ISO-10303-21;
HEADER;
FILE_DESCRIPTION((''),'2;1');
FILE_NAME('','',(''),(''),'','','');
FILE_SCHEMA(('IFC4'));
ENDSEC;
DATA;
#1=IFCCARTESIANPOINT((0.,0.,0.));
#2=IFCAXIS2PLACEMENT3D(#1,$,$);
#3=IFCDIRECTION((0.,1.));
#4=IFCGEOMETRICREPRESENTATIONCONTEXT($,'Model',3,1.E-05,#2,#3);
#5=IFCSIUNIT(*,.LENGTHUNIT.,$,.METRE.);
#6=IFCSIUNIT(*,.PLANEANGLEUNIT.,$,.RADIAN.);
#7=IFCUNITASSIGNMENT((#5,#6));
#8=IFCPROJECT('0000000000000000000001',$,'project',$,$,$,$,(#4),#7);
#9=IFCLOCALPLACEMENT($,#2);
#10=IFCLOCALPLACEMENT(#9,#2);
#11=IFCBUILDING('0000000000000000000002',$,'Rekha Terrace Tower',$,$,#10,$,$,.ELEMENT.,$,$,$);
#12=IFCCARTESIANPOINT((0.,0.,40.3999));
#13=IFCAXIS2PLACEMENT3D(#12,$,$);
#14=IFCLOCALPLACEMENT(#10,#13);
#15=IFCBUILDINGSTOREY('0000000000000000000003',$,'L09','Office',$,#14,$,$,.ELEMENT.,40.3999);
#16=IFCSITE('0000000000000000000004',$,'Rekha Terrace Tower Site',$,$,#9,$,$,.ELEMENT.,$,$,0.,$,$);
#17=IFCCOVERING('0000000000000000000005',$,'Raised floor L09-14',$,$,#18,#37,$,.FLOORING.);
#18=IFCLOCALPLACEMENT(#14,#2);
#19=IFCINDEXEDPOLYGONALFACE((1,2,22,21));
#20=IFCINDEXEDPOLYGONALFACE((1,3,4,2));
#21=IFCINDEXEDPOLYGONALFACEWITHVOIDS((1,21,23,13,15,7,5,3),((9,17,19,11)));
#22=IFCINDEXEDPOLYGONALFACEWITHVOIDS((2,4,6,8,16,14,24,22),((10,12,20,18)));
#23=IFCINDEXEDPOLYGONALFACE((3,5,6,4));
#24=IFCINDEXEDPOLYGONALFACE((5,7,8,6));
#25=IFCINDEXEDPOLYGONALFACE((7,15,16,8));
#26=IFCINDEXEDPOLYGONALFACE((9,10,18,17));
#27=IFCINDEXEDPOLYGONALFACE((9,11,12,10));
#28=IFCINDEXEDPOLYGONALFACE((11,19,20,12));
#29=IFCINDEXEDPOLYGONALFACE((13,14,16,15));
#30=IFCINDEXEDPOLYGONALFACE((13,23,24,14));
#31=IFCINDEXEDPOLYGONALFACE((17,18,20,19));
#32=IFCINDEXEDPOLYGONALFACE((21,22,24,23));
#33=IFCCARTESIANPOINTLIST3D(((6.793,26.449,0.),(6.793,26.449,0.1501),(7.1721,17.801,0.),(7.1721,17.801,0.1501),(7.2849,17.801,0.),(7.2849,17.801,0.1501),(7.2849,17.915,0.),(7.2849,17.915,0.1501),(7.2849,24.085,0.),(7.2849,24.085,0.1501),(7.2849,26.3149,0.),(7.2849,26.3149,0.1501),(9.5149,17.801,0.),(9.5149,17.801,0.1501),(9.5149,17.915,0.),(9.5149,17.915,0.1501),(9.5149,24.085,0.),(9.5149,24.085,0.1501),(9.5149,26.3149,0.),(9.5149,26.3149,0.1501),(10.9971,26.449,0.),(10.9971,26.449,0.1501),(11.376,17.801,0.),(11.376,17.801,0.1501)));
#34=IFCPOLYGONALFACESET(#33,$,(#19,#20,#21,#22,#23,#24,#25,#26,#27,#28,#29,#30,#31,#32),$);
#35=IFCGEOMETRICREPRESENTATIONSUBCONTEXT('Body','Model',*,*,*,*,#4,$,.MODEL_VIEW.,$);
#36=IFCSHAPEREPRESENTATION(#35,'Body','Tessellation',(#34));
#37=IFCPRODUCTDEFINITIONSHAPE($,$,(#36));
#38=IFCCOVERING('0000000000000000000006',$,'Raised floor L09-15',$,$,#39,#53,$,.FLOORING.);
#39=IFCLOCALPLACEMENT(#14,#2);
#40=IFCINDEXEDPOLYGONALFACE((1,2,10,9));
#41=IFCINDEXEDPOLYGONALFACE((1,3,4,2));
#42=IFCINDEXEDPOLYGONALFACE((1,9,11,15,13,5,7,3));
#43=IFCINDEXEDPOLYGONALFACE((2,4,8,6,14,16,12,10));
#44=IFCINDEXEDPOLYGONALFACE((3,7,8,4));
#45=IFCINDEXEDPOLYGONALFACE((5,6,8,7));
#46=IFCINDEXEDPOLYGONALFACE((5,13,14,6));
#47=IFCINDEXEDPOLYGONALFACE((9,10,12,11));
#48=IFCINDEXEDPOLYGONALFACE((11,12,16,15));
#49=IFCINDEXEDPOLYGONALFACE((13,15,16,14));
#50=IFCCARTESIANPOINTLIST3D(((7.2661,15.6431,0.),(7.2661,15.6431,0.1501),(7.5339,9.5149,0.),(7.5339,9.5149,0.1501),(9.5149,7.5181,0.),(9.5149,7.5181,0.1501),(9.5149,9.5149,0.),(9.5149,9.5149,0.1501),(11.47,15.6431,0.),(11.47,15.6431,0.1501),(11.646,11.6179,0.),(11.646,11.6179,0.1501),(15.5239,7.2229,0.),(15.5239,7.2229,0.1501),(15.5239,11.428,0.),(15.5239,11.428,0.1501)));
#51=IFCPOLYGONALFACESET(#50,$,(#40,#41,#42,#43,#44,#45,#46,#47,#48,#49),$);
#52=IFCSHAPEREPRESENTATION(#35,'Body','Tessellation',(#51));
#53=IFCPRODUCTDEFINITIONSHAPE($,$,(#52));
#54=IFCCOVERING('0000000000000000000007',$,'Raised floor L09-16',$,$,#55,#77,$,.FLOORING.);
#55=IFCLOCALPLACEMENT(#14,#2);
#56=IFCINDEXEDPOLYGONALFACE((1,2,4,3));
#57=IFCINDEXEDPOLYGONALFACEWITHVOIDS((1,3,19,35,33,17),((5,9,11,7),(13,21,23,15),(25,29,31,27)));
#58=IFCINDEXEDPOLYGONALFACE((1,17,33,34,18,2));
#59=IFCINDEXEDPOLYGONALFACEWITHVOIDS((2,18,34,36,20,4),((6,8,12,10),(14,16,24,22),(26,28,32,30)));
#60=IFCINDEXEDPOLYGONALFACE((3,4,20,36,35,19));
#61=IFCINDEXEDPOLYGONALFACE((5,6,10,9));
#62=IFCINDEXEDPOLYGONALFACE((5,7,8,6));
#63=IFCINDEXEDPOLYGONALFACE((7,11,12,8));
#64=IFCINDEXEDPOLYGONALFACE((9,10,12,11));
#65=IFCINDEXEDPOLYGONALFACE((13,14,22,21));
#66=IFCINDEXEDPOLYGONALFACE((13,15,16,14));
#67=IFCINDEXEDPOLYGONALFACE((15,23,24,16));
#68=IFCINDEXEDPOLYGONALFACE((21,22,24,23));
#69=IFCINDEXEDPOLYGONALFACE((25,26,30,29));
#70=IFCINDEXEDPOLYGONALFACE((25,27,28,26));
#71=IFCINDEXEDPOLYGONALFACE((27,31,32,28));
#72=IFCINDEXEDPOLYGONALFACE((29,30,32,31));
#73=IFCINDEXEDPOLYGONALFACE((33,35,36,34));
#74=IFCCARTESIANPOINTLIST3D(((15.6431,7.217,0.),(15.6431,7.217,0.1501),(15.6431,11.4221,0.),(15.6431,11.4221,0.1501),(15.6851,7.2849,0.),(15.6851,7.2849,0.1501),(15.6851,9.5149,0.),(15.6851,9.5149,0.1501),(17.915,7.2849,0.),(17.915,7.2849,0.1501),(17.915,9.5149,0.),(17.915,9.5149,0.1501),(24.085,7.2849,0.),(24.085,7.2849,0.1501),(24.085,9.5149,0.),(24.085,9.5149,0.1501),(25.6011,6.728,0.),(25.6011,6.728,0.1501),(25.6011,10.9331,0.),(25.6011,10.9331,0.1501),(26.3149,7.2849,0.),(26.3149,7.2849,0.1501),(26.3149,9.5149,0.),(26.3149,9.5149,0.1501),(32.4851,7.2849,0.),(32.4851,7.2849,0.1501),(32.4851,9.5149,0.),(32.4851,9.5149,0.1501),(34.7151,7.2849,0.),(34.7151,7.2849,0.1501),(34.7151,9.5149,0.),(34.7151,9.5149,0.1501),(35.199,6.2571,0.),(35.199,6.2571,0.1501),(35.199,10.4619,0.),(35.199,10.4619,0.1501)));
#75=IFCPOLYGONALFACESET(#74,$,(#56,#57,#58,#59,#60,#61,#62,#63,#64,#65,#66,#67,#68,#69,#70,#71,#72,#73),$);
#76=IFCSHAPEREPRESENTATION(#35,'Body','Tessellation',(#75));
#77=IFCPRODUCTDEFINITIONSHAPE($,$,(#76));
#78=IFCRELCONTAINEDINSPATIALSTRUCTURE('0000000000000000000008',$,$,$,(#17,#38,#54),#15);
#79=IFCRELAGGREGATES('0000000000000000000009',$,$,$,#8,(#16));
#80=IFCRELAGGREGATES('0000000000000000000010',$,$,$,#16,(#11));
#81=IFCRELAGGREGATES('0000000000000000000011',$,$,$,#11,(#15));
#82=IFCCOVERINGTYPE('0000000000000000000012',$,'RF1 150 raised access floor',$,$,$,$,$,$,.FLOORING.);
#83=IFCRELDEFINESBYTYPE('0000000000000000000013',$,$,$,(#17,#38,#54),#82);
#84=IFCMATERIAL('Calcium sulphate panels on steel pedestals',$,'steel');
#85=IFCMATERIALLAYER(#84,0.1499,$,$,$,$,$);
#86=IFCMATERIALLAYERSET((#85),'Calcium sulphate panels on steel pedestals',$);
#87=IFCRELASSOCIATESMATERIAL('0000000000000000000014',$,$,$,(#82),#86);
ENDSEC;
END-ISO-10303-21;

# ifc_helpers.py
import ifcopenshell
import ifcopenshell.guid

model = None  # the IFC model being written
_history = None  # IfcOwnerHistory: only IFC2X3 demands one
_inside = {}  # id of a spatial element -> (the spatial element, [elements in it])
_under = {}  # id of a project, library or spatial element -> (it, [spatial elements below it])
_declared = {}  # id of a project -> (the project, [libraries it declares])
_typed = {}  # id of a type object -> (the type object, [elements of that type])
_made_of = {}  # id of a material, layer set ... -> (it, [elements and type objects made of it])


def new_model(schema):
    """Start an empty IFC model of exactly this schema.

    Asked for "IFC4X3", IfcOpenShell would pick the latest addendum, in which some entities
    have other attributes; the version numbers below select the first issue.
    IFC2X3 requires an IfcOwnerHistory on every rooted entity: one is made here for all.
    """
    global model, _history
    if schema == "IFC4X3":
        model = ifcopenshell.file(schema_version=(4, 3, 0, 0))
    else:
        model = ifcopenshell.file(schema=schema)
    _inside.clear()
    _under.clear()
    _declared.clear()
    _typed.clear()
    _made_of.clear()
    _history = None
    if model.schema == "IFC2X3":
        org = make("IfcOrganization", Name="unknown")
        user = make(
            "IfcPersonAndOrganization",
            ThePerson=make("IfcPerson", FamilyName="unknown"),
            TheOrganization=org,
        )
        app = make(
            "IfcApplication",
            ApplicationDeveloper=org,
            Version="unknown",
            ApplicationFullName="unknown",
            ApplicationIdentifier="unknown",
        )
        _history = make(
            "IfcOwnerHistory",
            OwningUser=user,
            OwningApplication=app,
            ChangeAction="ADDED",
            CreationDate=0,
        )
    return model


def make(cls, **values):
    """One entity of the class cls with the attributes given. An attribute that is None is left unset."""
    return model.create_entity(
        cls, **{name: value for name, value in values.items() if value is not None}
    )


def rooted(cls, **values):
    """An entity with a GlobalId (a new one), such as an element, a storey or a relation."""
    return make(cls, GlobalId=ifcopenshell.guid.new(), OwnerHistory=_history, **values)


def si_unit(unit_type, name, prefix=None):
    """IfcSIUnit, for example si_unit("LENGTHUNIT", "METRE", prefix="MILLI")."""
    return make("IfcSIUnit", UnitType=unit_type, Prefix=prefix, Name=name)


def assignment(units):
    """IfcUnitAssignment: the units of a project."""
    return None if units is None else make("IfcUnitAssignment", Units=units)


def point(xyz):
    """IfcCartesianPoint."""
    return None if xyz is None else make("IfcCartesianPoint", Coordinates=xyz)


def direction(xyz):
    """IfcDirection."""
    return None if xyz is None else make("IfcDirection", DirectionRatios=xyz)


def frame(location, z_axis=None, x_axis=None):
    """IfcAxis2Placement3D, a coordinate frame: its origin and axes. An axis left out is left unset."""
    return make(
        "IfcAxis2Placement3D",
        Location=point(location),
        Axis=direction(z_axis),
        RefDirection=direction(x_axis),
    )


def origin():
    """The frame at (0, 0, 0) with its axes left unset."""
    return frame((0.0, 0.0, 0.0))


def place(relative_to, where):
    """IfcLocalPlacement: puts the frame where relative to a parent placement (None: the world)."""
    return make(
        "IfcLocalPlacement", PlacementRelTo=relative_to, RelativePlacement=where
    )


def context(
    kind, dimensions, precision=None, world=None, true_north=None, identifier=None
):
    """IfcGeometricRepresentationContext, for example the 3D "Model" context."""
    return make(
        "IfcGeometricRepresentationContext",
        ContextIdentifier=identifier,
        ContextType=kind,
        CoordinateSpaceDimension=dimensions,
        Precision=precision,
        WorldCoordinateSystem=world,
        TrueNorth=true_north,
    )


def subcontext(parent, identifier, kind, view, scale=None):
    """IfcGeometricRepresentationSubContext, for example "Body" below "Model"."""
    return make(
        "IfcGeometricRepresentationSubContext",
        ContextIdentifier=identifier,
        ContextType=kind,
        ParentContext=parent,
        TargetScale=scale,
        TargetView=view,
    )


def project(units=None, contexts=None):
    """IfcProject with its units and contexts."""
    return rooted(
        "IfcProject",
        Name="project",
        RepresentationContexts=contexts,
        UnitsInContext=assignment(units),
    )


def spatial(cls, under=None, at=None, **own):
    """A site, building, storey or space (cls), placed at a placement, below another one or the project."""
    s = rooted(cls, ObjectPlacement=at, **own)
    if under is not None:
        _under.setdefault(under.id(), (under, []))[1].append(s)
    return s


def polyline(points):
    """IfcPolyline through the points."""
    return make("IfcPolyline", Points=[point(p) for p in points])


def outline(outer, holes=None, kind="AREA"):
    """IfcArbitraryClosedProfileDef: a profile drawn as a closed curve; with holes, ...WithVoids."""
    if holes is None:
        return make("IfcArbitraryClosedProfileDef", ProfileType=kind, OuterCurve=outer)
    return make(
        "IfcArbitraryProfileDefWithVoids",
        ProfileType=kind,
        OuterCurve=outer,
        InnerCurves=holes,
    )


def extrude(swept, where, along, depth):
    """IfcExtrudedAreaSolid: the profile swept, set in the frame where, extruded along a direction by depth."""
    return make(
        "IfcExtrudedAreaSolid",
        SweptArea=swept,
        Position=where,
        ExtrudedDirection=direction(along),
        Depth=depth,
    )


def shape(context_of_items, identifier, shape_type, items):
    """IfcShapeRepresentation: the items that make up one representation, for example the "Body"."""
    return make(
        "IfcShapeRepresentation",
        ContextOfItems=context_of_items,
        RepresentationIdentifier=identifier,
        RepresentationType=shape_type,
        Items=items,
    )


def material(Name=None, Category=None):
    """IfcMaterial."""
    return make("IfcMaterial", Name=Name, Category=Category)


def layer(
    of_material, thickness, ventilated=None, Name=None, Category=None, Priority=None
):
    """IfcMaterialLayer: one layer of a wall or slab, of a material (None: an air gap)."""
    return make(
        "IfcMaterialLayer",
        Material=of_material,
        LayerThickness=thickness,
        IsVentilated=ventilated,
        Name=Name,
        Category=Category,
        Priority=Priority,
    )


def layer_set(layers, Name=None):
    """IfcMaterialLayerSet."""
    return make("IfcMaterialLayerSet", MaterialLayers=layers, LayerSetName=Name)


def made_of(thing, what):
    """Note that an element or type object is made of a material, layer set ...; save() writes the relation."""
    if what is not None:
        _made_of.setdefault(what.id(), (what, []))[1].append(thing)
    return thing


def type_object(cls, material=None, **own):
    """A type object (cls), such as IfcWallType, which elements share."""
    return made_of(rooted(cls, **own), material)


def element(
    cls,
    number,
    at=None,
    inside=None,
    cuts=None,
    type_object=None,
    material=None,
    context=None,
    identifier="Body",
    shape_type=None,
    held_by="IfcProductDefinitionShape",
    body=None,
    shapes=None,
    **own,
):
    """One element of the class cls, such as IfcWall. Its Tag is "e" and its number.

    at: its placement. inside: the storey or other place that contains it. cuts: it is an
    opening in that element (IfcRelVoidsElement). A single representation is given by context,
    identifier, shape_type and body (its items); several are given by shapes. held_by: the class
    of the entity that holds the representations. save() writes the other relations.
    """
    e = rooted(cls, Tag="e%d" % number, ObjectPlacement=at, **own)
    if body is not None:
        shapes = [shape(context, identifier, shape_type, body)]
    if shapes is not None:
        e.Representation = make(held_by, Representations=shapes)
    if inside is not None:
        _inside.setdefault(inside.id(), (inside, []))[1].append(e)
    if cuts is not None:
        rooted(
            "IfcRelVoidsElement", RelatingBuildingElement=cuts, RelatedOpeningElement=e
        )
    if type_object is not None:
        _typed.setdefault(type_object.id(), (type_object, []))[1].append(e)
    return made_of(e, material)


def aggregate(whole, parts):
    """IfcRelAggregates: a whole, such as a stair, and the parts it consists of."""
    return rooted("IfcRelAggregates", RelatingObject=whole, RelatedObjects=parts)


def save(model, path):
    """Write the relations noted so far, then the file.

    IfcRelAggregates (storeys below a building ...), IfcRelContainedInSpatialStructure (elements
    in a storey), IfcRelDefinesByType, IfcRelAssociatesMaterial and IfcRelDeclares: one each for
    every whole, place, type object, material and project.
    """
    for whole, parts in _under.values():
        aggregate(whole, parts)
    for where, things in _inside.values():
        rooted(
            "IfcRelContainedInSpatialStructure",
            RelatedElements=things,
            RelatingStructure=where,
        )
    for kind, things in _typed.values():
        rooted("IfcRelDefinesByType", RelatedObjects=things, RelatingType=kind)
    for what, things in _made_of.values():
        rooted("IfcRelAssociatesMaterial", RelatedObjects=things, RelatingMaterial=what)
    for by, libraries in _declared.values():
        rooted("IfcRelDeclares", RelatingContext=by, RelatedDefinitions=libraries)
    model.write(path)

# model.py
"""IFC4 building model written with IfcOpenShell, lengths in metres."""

from ifc_helpers import new_model, si_unit, direction, frame, origin, place, context, subcontext, project, spatial, polyline, outline, extrude, material, layer, layer_set, type_object, element, save


model = new_model("IFC4")

# Units and contexts
model_context = context("Model", 3, precision=1e-05, world=origin(), true_north=direction((0.0, 1.0)))
body_context = subcontext(model_context, "Body", "Model", "MODEL_VIEW")
ifc_project = project(units=[si_unit("LENGTHUNIT", "METRE"), si_unit("PLANEANGLEUNIT", "RADIAN")], contexts=[model_context])

# Site, building, storey
site_placement = place(None, origin())
site = spatial("IfcSite", under=ifc_project, at=site_placement, Name="Rekha Terrace Tower Site", CompositionType="ELEMENT", RefElevation=0.0)
building_placement = place(site_placement, origin())
building = spatial("IfcBuilding", under=site, at=building_placement, Name="Rekha Terrace Tower", CompositionType="ELEMENT")
storey_placement = place(building_placement, frame((0.0, 0.0, 40.3999)))
storey = spatial("IfcBuildingStorey", under=building, at=storey_placement, Name="L09", Description="Office", CompositionType="ELEMENT", Elevation=40.3999)

# Coverings
ifc_material_1 = material(Name="Calcium sulphate panels on steel pedestals", Category="steel")
ifc_layer_1 = layer(ifc_material_1, 0.1499)
ifc_layer_set_1 = layer_set([ifc_layer_1], Name="Calcium sulphate panels on steel pedestals")
covering_type_1 = type_object("IfcCoveringType", Name="RF1 150 raised access floor", PredefinedType="FLOORING", material=ifc_layer_set_1)
covering_1_placement = place(storey_placement, origin())
element("IfcCovering", 1, at=covering_1_placement, inside=storey, type_object=covering_type_1, Name="Raised floor L09-14", PredefinedType="FLOORING", context=body_context, shape_type="SweptSolid", body=[
    extrude(outline(polyline([(9.5149, 17.801), (11.376, 17.801), (10.9971, 26.449), (6.793, 26.449), (7.1721, 17.801), (7.2849, 17.801), (7.2849, 17.915), (9.5149, 17.915), (9.5149, 17.801)]), holes=[polyline([(9.5149, 24.085), (7.2849, 24.085), (7.2849, 26.3149), (9.5149, 26.3149), (9.5149, 24.085)])]), origin(), (0.0, 0.0, 1.0), 0.1501),
])
covering_2_placement = place(storey_placement, origin())
element("IfcCovering", 2, at=covering_2_placement, inside=storey, type_object=covering_type_1, Name="Raised floor L09-15", PredefinedType="FLOORING", context=body_context, shape_type="SweptSolid", body=[
    extrude(outline(polyline([(15.5239, 11.428), (11.646, 11.6179), (11.47, 15.6431), (7.2661, 15.6431), (7.5339, 9.5149), (9.5149, 9.5149), (9.5149, 7.5181), (15.5239, 7.2229), (15.5239, 11.428)])), origin(), (0.0, 0.0, 1.0), 0.1501),
])
covering_3_placement = place(storey_placement, origin())
element("IfcCovering", 3, at=covering_3_placement, inside=storey, type_object=covering_type_1, Name="Raised floor L09-16", PredefinedType="FLOORING", context=body_context, shape_type="SweptSolid", body=[
    extrude(outline(polyline([(25.6011, 10.9331), (15.6431, 11.4221), (15.6431, 7.217), (25.6011, 6.728), (35.199, 6.2571), (35.199, 10.4619), (25.6011, 10.9331)]), holes=[polyline([(34.7151, 7.2849), (32.4851, 7.2849), (32.4851, 9.5149), (34.7151, 9.5149), (34.7151, 7.2849)]), polyline([(26.3149, 9.5149), (26.3149, 7.2849), (24.085, 7.2849), (24.085, 9.5149), (26.3149, 9.5149)]), polyline([(17.915, 7.2849), (15.6851, 7.2849), (15.6851, 9.5149), (17.915, 9.5149), (17.915, 7.2849)])]), origin(), (0.0, 0.0, 1.0), 0.1501),
])

save(model, "model.ifc")
